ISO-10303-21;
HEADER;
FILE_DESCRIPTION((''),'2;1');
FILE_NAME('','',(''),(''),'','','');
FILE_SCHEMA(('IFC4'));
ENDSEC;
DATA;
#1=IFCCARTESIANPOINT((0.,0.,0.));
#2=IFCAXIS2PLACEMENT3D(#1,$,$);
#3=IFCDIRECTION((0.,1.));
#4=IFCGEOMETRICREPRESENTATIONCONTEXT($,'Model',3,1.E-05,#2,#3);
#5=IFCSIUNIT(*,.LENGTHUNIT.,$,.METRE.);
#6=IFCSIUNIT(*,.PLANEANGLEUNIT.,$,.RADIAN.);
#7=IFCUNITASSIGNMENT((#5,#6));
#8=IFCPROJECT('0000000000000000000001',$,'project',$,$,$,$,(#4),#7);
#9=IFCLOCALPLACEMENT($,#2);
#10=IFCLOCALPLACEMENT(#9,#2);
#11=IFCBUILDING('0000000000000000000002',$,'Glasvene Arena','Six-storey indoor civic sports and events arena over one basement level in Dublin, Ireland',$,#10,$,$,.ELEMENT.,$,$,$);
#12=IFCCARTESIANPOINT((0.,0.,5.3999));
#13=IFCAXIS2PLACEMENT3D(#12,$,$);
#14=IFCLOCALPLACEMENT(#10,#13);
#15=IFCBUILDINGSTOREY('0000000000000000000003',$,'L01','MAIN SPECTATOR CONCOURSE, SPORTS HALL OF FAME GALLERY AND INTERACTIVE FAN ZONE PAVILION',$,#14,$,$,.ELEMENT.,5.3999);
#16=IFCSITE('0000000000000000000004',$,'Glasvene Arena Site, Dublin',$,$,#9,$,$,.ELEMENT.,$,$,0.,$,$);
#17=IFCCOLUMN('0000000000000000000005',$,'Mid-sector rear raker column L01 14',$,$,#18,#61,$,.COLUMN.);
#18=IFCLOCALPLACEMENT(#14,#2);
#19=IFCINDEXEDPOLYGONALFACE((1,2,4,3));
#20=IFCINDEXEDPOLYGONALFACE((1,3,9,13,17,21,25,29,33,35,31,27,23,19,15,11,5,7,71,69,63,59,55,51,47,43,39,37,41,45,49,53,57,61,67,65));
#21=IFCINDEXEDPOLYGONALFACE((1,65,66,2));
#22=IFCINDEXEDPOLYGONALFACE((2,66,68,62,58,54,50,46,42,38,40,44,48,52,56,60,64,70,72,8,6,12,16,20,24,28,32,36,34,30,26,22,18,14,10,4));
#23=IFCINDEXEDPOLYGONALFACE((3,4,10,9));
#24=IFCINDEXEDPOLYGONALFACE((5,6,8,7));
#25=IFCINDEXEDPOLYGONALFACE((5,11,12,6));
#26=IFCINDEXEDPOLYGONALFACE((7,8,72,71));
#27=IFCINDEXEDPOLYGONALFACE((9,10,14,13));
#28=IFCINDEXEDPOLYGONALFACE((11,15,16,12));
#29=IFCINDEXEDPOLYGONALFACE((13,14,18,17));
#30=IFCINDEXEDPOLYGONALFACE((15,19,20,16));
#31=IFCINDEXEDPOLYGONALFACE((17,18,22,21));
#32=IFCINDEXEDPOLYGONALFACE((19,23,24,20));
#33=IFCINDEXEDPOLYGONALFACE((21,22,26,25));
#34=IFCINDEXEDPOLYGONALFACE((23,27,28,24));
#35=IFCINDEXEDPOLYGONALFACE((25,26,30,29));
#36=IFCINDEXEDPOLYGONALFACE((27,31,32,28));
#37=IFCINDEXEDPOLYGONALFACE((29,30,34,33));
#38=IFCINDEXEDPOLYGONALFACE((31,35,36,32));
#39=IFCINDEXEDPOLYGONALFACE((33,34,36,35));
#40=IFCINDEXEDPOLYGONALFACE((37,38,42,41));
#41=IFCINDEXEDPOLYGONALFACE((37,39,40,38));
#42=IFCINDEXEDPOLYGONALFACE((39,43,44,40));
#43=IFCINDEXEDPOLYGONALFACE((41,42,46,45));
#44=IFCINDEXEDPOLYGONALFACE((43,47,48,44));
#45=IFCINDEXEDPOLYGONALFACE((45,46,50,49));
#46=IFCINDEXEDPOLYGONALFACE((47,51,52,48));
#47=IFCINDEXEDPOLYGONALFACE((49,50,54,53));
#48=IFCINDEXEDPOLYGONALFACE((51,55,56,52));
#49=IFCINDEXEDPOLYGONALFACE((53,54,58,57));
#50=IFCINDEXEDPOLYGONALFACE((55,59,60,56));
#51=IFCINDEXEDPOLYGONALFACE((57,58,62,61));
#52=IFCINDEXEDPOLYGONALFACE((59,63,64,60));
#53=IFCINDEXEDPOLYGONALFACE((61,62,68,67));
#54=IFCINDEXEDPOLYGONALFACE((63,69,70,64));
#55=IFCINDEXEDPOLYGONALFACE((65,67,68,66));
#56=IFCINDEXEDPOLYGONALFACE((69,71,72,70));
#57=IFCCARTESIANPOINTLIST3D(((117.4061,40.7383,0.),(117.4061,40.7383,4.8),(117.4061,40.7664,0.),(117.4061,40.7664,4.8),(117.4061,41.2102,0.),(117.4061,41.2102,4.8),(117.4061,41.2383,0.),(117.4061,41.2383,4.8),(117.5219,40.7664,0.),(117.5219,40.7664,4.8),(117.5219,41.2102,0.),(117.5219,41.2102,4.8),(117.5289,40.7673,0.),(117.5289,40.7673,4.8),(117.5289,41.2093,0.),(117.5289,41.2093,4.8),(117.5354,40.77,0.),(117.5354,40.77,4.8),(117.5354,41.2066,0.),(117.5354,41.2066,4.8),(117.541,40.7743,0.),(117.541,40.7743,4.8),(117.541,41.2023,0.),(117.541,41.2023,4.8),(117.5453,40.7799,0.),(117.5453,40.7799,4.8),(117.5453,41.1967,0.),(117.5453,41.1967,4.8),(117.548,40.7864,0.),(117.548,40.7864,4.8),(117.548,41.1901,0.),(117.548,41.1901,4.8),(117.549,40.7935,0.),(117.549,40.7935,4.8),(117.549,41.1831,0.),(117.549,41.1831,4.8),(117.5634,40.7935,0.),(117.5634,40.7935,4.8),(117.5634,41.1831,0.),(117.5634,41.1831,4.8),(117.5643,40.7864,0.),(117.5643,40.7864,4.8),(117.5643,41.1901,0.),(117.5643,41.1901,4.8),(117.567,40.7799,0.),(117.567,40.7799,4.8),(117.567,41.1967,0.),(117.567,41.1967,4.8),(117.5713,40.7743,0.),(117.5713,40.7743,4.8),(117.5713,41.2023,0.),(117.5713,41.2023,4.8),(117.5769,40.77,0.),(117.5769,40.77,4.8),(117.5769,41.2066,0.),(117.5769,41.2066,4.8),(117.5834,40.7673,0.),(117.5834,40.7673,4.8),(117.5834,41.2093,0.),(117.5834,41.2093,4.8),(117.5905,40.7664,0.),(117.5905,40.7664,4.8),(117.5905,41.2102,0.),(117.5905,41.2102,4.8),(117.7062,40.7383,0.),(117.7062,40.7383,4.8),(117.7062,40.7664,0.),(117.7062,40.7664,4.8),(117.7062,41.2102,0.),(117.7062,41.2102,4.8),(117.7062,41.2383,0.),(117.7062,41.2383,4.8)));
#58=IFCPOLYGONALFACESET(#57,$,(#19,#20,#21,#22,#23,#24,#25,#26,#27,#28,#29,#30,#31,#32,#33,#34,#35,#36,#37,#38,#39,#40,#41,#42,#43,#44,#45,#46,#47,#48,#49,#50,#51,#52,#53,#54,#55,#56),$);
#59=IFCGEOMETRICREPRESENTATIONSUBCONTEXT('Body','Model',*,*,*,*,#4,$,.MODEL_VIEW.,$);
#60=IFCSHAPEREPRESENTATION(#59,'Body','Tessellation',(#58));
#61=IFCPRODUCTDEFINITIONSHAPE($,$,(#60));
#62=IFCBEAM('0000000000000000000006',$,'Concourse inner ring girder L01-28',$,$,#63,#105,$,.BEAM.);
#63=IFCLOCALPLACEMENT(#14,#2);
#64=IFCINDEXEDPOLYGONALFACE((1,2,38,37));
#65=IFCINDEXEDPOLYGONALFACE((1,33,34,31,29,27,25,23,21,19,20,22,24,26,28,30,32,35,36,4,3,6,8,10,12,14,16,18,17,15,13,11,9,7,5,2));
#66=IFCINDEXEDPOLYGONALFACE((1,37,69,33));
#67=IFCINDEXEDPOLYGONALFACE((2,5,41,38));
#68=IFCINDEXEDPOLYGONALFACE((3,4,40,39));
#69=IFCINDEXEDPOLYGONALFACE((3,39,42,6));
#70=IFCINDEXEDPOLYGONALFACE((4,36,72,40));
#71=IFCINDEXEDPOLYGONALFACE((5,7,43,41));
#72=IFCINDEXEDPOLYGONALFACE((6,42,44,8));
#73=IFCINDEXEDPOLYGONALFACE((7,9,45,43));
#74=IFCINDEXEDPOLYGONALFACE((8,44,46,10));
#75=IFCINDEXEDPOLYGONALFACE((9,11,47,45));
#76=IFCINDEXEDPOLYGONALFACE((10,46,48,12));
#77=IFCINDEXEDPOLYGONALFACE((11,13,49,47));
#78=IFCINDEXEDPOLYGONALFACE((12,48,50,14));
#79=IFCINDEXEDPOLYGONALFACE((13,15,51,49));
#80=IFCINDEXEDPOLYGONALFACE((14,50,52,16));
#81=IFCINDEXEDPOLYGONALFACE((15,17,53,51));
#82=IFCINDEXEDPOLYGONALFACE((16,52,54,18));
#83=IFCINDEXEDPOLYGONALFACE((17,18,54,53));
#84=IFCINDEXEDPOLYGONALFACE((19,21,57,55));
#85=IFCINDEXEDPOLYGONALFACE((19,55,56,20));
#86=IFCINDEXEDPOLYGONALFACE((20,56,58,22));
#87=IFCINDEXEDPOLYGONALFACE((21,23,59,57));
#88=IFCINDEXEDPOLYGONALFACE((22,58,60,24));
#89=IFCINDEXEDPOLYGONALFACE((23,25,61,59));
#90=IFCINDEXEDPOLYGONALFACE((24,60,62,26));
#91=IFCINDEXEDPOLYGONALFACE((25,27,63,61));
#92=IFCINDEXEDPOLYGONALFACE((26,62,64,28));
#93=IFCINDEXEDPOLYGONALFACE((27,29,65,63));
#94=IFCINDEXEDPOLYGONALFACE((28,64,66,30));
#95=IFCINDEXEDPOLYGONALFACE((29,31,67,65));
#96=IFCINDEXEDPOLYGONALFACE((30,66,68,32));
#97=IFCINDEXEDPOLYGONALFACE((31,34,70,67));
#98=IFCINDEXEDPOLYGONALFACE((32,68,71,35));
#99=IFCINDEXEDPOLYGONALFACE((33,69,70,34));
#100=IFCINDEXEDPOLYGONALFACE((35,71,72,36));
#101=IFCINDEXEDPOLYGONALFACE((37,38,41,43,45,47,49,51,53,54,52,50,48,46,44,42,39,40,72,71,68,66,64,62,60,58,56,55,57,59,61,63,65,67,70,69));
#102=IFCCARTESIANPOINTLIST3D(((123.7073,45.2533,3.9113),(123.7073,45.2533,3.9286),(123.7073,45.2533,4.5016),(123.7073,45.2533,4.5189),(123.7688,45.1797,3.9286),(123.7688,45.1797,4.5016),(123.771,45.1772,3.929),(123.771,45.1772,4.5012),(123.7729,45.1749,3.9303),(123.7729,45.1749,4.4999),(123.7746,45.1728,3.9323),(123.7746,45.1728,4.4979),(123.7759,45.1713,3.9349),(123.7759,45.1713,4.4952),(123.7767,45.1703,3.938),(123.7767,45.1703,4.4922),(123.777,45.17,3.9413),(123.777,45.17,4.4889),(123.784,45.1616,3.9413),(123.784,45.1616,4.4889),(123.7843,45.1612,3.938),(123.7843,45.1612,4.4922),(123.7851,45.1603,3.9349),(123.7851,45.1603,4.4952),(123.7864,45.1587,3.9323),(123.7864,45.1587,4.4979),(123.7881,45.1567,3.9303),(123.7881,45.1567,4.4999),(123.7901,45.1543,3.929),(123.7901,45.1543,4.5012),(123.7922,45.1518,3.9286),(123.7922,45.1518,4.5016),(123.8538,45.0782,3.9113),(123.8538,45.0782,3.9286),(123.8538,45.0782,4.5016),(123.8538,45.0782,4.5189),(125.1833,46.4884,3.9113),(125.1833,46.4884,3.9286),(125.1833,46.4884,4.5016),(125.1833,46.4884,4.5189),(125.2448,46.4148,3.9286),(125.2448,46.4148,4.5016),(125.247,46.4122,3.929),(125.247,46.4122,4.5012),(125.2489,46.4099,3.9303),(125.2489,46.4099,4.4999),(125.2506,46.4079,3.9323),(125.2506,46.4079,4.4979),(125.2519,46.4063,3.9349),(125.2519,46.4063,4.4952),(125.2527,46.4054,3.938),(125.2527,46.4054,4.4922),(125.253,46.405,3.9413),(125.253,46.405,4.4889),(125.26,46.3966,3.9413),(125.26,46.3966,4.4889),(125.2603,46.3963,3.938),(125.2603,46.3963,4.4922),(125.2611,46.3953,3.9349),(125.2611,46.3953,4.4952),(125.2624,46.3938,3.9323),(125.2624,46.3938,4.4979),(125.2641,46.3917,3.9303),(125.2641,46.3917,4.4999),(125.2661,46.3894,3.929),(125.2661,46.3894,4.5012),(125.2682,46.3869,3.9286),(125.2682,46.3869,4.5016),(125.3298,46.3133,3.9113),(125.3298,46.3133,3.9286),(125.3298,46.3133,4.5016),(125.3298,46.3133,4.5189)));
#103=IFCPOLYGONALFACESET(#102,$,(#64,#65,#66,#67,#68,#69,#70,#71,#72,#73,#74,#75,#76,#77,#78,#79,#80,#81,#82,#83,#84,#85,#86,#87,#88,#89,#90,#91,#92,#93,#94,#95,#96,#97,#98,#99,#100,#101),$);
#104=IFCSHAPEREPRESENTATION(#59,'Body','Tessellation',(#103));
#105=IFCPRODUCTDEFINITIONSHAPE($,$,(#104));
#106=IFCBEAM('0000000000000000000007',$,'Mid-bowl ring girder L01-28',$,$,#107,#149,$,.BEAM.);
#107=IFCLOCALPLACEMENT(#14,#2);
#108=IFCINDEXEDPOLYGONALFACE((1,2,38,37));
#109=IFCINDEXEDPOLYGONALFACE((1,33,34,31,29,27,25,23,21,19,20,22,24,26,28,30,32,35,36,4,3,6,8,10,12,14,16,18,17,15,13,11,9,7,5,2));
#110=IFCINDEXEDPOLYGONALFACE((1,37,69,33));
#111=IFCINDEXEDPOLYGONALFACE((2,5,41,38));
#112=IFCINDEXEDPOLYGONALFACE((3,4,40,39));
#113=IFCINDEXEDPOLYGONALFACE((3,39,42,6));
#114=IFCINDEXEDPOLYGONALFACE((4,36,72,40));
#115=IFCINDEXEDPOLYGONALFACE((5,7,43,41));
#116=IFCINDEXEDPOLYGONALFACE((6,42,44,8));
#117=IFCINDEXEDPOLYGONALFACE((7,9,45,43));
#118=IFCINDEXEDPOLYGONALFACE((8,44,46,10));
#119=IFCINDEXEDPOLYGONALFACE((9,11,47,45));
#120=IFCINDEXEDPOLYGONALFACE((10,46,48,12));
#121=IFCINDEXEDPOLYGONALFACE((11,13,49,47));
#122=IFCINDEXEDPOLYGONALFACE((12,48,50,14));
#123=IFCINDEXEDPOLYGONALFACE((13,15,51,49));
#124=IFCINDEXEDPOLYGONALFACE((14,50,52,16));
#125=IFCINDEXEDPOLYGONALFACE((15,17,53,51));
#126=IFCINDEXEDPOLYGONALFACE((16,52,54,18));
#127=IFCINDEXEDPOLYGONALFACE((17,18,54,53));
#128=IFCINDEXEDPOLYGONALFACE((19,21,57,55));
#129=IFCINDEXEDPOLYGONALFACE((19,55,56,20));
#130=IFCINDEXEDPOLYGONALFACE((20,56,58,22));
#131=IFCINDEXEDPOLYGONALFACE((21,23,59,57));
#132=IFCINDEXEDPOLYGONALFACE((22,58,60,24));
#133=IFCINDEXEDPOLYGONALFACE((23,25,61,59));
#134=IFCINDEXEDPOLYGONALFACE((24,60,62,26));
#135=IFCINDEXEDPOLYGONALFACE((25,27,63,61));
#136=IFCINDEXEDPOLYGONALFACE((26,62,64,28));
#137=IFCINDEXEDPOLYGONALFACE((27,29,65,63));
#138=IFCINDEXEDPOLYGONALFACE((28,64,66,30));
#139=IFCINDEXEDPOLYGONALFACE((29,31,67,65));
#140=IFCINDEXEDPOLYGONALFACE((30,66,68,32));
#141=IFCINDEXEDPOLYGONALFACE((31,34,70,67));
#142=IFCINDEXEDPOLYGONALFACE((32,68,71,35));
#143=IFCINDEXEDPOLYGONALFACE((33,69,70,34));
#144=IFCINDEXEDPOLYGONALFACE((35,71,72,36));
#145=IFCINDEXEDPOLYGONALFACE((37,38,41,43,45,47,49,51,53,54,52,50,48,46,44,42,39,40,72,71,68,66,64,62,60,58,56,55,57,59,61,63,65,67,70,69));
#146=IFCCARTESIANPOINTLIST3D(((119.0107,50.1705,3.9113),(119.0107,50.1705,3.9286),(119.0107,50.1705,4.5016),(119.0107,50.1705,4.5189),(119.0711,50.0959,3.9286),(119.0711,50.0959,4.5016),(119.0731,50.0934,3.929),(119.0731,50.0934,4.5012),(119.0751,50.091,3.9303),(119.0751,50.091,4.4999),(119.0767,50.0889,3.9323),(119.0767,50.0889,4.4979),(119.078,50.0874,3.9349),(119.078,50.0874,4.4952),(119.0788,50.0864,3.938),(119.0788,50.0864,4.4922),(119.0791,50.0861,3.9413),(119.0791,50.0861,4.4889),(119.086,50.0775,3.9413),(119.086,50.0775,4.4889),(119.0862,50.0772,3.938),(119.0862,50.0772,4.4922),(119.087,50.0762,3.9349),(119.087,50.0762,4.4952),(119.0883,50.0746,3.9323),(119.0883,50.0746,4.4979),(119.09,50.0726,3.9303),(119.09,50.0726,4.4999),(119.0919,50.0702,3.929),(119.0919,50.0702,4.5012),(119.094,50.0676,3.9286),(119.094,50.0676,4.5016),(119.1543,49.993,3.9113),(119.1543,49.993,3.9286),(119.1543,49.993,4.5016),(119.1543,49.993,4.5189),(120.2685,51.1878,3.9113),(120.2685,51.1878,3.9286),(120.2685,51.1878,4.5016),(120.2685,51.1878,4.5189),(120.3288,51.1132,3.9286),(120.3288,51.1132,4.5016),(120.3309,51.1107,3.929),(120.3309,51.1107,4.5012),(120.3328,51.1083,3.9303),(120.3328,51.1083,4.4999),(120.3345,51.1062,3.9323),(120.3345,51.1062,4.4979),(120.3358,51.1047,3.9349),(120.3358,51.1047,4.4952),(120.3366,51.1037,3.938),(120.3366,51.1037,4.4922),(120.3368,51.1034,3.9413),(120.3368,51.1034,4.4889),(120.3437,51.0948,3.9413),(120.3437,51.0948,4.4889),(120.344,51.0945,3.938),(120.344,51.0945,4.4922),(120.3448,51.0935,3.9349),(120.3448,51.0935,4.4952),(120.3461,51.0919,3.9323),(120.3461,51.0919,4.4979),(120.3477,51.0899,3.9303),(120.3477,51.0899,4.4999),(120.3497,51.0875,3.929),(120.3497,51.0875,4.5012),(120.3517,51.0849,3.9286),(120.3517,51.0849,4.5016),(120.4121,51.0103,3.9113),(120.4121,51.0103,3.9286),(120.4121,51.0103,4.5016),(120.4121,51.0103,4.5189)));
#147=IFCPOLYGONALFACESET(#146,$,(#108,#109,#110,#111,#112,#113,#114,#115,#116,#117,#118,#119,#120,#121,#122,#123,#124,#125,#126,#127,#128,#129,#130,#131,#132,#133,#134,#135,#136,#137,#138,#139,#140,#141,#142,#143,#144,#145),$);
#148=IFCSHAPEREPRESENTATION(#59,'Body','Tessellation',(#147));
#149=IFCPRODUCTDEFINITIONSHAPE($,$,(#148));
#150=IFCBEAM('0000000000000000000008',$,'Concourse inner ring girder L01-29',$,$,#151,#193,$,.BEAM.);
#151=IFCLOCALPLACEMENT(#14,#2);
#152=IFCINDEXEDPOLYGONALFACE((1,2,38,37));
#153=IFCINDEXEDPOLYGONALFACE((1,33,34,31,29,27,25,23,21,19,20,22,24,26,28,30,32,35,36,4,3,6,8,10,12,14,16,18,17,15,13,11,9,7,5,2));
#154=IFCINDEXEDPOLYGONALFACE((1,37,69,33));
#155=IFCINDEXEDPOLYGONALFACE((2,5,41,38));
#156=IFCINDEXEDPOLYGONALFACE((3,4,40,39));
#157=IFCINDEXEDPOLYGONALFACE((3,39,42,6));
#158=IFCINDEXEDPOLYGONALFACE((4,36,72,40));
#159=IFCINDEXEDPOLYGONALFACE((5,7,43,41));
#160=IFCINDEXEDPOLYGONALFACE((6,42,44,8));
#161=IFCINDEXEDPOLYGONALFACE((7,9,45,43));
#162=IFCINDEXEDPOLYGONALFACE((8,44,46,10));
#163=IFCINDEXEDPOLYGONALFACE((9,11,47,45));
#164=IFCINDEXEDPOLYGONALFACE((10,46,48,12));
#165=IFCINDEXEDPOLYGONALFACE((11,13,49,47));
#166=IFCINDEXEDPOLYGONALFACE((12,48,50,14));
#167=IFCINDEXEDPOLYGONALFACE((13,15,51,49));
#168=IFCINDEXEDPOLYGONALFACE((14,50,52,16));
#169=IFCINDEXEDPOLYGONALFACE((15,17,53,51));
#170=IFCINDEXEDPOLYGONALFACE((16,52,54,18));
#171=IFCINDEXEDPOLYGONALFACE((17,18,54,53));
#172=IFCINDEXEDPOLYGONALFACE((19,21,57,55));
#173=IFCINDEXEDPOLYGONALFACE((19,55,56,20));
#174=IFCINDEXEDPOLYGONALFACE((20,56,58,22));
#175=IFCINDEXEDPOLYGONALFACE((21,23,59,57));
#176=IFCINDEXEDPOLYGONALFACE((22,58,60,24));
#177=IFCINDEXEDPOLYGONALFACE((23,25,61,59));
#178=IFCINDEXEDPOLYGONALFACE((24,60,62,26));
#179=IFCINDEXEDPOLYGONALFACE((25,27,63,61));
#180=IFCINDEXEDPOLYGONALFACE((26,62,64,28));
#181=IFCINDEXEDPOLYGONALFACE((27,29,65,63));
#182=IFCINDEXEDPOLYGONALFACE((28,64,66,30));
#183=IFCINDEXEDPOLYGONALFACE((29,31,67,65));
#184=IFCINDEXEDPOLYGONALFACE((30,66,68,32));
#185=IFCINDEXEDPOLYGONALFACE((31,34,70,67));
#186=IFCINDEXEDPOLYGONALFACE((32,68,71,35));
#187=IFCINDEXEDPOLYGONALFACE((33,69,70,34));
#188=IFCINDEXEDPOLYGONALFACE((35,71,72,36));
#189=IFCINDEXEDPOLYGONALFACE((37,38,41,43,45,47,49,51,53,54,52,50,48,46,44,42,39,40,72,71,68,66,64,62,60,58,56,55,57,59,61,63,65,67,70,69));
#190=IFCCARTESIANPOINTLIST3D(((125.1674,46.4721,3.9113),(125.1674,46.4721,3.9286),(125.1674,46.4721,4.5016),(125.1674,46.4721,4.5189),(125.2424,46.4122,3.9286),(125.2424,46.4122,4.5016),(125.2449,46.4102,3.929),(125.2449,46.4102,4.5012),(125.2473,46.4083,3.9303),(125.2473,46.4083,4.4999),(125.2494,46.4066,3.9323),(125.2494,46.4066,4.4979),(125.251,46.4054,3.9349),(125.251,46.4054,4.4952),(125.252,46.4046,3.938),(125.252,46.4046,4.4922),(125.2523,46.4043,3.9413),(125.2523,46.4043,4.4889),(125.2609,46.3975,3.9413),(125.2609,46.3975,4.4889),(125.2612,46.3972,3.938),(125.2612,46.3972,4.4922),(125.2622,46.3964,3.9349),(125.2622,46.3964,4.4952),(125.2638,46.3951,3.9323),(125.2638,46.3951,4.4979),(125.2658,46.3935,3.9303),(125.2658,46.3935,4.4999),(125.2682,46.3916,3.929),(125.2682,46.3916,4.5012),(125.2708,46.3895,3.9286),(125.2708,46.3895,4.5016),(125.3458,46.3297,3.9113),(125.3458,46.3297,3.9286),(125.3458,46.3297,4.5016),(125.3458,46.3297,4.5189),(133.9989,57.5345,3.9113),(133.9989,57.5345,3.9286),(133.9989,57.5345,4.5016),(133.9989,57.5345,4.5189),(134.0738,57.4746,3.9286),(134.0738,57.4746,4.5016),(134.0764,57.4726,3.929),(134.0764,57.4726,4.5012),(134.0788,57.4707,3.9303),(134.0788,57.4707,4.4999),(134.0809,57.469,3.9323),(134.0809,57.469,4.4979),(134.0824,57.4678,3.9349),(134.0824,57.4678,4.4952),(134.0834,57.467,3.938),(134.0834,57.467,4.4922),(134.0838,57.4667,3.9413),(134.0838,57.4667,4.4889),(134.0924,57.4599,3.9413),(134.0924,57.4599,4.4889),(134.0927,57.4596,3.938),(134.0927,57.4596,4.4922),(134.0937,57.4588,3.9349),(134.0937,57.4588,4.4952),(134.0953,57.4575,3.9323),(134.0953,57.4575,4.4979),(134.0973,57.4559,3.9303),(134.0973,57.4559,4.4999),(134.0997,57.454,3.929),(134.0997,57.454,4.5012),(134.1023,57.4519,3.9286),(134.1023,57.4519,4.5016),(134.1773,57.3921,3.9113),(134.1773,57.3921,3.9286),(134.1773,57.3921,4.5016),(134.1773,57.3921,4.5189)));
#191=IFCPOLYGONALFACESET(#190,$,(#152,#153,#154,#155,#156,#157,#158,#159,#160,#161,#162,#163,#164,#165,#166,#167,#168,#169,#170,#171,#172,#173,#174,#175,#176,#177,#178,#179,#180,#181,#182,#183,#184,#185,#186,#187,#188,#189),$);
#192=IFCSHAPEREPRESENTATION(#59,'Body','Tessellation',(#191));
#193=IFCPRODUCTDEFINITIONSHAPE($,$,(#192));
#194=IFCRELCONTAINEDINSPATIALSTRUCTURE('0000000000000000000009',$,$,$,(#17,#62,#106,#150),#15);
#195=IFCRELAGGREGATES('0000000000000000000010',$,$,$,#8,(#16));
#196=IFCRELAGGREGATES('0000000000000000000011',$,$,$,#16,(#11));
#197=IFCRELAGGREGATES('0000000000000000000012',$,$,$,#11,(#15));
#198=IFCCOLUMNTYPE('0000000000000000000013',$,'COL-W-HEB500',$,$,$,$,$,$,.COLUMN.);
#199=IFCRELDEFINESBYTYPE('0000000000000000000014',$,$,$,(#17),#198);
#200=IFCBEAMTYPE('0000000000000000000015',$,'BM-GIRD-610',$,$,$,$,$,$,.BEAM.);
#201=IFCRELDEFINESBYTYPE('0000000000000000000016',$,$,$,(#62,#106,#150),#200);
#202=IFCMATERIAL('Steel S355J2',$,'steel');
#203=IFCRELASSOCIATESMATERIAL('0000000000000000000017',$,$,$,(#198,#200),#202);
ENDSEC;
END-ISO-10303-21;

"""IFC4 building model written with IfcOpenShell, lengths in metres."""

from ifc_helpers import new_model, si_unit, direction, frame, origin, origin_2d, place, context, subcontext, project, spatial, i_section, extrude, material, material_profile, profile_set, type_object, element, save


model = new_model("IFC4")

# Units and contexts
model_context = context("Model", 3, precision=1e-05, world=origin(), true_north=direction((0.0, 1.0)))
body_context = subcontext(model_context, "Body", "Model", "MODEL_VIEW")
ifc_project = project(units=[si_unit("LENGTHUNIT", "METRE"), si_unit("PLANEANGLEUNIT", "RADIAN")], contexts=[model_context])

# Site, building, storey
site_placement = place(None, origin())
site = spatial("IfcSite", under=ifc_project, at=site_placement, Name="Glasvene Arena Site, Dublin", CompositionType="ELEMENT", RefElevation=0.0)
building_placement = place(site_placement, origin())
building = spatial("IfcBuilding", under=site, at=building_placement, Name="Glasvene Arena", Description="Six-storey indoor civic sports and events arena over one basement level in Dublin, Ireland", CompositionType="ELEMENT")
storey_placement = place(building_placement, frame((0.0, 0.0, 5.3999)))
storey = spatial("IfcBuildingStorey", under=building, at=storey_placement, Name="L01", Description="MAIN SPECTATOR CONCOURSE, SPORTS HALL OF FAME GALLERY AND INTERACTIVE FAN ZONE PAVILION", CompositionType="ELEMENT", Elevation=5.3999)

# Column
ifc_material_1 = material(Name="Steel S355J2", Category="steel")
ifc_material_profile_1 = material_profile(ifc_material_1, i_section(OverallWidth=0.3, OverallDepth=0.5, WebThickness=0.0144, FlangeThickness=0.0281, FilletRadius=0.0271, at=origin_2d()), Name="HEB 500")
ifc_profile_set_1 = profile_set([ifc_material_profile_1], Name="Steel S355J2")
column_type_1 = type_object("IfcColumnType", Name="COL-W-HEB500", PredefinedType="COLUMN", material=ifc_profile_set_1)
for number, where, z_axis, x_axis, name in (
    (1, (117.5562, 40.9883, 0.0), (0.0, 0.0, 1.0), (1.0, 0.0, 0.0), "Mid-sector rear raker column L01 14"),
):
    element("IfcColumn", number, at=place(storey_placement, frame(where, z_axis=z_axis, x_axis=x_axis)), inside=storey, type_object=column_type_1, Name=name, PredefinedType="COLUMN", context=body_context, shape_type="SweptSolid", body=[
        extrude(i_section(OverallWidth=0.3, OverallDepth=0.5, WebThickness=0.0144, FlangeThickness=0.0281, FilletRadius=0.0271, at=origin_2d()), origin(), (0.0, 0.0, 1.0), 4.8),
    ])

# Beams
ifc_material_profile_2 = material_profile(ifc_material_1, i_section(OverallWidth=0.2283, OverallDepth=0.6077, WebThickness=0.011, FlangeThickness=0.0173, FilletRadius=0.0127, at=origin_2d()), Name="UKB 610x229x113")
ifc_profile_set_2 = profile_set([ifc_material_profile_2], Name="Steel S355J2")
beam_type_1 = type_object("IfcBeamType", Name="BM-GIRD-610", PredefinedType="BEAM", material=ifc_profile_set_2)
beam_1_placement = place(storey_placement, frame((123.7805, 45.1658, 4.2151), z_axis=(0.76693, 0.64173, 0.0), x_axis=(-0.64173, 0.76693, 0.0)))
element("IfcBeam", 2, at=beam_1_placement, inside=storey, type_object=beam_type_1, Name="Concourse inner ring girder L01-28", PredefinedType="BEAM", context=body_context, shape_type="SweptSolid", body=[
    extrude(i_section(OverallWidth=0.2283, OverallDepth=0.6077, WebThickness=0.011, FlangeThickness=0.0173, FilletRadius=0.0127, at=origin_2d()), origin(), (0.0, 0.0, 1.0), 1.9246),
])
beam_2_placement = place(storey_placement, frame((119.0825, 50.0818, 4.2151), z_axis=(0.777515, 0.628864, 0.0), x_axis=(-0.628864, 0.777515, 0.0)))
element("IfcBeam", 3, at=beam_2_placement, inside=storey, type_object=beam_type_1, Name="Mid-bowl ring girder L01-28", PredefinedType="BEAM", context=body_context, shape_type="SweptSolid", body=[
    extrude(i_section(OverallWidth=0.2283, OverallDepth=0.6077, WebThickness=0.011, FlangeThickness=0.0173, FilletRadius=0.0127, at=origin_2d()), origin(), (0.0, 0.0, 1.0), 1.6177),
])
beam_3_placement = place(storey_placement, frame((125.2566, 46.4009, 4.2151), z_axis=(0.6239, 0.781504, 0.0), x_axis=(-0.781504, 0.6239, 0.0)))
element("IfcBeam", 4, at=beam_3_placement, inside=storey, type_object=beam_type_1, Name="Concourse inner ring girder L01-29", PredefinedType="BEAM", context=body_context, shape_type="SweptSolid", body=[
    extrude(i_section(OverallWidth=0.2283, OverallDepth=0.6077, WebThickness=0.011, FlangeThickness=0.0173, FilletRadius=0.0127, at=origin_2d()), origin(), (0.0, 0.0, 1.0), 14.1553),
])

save(model, "model.ifc")
